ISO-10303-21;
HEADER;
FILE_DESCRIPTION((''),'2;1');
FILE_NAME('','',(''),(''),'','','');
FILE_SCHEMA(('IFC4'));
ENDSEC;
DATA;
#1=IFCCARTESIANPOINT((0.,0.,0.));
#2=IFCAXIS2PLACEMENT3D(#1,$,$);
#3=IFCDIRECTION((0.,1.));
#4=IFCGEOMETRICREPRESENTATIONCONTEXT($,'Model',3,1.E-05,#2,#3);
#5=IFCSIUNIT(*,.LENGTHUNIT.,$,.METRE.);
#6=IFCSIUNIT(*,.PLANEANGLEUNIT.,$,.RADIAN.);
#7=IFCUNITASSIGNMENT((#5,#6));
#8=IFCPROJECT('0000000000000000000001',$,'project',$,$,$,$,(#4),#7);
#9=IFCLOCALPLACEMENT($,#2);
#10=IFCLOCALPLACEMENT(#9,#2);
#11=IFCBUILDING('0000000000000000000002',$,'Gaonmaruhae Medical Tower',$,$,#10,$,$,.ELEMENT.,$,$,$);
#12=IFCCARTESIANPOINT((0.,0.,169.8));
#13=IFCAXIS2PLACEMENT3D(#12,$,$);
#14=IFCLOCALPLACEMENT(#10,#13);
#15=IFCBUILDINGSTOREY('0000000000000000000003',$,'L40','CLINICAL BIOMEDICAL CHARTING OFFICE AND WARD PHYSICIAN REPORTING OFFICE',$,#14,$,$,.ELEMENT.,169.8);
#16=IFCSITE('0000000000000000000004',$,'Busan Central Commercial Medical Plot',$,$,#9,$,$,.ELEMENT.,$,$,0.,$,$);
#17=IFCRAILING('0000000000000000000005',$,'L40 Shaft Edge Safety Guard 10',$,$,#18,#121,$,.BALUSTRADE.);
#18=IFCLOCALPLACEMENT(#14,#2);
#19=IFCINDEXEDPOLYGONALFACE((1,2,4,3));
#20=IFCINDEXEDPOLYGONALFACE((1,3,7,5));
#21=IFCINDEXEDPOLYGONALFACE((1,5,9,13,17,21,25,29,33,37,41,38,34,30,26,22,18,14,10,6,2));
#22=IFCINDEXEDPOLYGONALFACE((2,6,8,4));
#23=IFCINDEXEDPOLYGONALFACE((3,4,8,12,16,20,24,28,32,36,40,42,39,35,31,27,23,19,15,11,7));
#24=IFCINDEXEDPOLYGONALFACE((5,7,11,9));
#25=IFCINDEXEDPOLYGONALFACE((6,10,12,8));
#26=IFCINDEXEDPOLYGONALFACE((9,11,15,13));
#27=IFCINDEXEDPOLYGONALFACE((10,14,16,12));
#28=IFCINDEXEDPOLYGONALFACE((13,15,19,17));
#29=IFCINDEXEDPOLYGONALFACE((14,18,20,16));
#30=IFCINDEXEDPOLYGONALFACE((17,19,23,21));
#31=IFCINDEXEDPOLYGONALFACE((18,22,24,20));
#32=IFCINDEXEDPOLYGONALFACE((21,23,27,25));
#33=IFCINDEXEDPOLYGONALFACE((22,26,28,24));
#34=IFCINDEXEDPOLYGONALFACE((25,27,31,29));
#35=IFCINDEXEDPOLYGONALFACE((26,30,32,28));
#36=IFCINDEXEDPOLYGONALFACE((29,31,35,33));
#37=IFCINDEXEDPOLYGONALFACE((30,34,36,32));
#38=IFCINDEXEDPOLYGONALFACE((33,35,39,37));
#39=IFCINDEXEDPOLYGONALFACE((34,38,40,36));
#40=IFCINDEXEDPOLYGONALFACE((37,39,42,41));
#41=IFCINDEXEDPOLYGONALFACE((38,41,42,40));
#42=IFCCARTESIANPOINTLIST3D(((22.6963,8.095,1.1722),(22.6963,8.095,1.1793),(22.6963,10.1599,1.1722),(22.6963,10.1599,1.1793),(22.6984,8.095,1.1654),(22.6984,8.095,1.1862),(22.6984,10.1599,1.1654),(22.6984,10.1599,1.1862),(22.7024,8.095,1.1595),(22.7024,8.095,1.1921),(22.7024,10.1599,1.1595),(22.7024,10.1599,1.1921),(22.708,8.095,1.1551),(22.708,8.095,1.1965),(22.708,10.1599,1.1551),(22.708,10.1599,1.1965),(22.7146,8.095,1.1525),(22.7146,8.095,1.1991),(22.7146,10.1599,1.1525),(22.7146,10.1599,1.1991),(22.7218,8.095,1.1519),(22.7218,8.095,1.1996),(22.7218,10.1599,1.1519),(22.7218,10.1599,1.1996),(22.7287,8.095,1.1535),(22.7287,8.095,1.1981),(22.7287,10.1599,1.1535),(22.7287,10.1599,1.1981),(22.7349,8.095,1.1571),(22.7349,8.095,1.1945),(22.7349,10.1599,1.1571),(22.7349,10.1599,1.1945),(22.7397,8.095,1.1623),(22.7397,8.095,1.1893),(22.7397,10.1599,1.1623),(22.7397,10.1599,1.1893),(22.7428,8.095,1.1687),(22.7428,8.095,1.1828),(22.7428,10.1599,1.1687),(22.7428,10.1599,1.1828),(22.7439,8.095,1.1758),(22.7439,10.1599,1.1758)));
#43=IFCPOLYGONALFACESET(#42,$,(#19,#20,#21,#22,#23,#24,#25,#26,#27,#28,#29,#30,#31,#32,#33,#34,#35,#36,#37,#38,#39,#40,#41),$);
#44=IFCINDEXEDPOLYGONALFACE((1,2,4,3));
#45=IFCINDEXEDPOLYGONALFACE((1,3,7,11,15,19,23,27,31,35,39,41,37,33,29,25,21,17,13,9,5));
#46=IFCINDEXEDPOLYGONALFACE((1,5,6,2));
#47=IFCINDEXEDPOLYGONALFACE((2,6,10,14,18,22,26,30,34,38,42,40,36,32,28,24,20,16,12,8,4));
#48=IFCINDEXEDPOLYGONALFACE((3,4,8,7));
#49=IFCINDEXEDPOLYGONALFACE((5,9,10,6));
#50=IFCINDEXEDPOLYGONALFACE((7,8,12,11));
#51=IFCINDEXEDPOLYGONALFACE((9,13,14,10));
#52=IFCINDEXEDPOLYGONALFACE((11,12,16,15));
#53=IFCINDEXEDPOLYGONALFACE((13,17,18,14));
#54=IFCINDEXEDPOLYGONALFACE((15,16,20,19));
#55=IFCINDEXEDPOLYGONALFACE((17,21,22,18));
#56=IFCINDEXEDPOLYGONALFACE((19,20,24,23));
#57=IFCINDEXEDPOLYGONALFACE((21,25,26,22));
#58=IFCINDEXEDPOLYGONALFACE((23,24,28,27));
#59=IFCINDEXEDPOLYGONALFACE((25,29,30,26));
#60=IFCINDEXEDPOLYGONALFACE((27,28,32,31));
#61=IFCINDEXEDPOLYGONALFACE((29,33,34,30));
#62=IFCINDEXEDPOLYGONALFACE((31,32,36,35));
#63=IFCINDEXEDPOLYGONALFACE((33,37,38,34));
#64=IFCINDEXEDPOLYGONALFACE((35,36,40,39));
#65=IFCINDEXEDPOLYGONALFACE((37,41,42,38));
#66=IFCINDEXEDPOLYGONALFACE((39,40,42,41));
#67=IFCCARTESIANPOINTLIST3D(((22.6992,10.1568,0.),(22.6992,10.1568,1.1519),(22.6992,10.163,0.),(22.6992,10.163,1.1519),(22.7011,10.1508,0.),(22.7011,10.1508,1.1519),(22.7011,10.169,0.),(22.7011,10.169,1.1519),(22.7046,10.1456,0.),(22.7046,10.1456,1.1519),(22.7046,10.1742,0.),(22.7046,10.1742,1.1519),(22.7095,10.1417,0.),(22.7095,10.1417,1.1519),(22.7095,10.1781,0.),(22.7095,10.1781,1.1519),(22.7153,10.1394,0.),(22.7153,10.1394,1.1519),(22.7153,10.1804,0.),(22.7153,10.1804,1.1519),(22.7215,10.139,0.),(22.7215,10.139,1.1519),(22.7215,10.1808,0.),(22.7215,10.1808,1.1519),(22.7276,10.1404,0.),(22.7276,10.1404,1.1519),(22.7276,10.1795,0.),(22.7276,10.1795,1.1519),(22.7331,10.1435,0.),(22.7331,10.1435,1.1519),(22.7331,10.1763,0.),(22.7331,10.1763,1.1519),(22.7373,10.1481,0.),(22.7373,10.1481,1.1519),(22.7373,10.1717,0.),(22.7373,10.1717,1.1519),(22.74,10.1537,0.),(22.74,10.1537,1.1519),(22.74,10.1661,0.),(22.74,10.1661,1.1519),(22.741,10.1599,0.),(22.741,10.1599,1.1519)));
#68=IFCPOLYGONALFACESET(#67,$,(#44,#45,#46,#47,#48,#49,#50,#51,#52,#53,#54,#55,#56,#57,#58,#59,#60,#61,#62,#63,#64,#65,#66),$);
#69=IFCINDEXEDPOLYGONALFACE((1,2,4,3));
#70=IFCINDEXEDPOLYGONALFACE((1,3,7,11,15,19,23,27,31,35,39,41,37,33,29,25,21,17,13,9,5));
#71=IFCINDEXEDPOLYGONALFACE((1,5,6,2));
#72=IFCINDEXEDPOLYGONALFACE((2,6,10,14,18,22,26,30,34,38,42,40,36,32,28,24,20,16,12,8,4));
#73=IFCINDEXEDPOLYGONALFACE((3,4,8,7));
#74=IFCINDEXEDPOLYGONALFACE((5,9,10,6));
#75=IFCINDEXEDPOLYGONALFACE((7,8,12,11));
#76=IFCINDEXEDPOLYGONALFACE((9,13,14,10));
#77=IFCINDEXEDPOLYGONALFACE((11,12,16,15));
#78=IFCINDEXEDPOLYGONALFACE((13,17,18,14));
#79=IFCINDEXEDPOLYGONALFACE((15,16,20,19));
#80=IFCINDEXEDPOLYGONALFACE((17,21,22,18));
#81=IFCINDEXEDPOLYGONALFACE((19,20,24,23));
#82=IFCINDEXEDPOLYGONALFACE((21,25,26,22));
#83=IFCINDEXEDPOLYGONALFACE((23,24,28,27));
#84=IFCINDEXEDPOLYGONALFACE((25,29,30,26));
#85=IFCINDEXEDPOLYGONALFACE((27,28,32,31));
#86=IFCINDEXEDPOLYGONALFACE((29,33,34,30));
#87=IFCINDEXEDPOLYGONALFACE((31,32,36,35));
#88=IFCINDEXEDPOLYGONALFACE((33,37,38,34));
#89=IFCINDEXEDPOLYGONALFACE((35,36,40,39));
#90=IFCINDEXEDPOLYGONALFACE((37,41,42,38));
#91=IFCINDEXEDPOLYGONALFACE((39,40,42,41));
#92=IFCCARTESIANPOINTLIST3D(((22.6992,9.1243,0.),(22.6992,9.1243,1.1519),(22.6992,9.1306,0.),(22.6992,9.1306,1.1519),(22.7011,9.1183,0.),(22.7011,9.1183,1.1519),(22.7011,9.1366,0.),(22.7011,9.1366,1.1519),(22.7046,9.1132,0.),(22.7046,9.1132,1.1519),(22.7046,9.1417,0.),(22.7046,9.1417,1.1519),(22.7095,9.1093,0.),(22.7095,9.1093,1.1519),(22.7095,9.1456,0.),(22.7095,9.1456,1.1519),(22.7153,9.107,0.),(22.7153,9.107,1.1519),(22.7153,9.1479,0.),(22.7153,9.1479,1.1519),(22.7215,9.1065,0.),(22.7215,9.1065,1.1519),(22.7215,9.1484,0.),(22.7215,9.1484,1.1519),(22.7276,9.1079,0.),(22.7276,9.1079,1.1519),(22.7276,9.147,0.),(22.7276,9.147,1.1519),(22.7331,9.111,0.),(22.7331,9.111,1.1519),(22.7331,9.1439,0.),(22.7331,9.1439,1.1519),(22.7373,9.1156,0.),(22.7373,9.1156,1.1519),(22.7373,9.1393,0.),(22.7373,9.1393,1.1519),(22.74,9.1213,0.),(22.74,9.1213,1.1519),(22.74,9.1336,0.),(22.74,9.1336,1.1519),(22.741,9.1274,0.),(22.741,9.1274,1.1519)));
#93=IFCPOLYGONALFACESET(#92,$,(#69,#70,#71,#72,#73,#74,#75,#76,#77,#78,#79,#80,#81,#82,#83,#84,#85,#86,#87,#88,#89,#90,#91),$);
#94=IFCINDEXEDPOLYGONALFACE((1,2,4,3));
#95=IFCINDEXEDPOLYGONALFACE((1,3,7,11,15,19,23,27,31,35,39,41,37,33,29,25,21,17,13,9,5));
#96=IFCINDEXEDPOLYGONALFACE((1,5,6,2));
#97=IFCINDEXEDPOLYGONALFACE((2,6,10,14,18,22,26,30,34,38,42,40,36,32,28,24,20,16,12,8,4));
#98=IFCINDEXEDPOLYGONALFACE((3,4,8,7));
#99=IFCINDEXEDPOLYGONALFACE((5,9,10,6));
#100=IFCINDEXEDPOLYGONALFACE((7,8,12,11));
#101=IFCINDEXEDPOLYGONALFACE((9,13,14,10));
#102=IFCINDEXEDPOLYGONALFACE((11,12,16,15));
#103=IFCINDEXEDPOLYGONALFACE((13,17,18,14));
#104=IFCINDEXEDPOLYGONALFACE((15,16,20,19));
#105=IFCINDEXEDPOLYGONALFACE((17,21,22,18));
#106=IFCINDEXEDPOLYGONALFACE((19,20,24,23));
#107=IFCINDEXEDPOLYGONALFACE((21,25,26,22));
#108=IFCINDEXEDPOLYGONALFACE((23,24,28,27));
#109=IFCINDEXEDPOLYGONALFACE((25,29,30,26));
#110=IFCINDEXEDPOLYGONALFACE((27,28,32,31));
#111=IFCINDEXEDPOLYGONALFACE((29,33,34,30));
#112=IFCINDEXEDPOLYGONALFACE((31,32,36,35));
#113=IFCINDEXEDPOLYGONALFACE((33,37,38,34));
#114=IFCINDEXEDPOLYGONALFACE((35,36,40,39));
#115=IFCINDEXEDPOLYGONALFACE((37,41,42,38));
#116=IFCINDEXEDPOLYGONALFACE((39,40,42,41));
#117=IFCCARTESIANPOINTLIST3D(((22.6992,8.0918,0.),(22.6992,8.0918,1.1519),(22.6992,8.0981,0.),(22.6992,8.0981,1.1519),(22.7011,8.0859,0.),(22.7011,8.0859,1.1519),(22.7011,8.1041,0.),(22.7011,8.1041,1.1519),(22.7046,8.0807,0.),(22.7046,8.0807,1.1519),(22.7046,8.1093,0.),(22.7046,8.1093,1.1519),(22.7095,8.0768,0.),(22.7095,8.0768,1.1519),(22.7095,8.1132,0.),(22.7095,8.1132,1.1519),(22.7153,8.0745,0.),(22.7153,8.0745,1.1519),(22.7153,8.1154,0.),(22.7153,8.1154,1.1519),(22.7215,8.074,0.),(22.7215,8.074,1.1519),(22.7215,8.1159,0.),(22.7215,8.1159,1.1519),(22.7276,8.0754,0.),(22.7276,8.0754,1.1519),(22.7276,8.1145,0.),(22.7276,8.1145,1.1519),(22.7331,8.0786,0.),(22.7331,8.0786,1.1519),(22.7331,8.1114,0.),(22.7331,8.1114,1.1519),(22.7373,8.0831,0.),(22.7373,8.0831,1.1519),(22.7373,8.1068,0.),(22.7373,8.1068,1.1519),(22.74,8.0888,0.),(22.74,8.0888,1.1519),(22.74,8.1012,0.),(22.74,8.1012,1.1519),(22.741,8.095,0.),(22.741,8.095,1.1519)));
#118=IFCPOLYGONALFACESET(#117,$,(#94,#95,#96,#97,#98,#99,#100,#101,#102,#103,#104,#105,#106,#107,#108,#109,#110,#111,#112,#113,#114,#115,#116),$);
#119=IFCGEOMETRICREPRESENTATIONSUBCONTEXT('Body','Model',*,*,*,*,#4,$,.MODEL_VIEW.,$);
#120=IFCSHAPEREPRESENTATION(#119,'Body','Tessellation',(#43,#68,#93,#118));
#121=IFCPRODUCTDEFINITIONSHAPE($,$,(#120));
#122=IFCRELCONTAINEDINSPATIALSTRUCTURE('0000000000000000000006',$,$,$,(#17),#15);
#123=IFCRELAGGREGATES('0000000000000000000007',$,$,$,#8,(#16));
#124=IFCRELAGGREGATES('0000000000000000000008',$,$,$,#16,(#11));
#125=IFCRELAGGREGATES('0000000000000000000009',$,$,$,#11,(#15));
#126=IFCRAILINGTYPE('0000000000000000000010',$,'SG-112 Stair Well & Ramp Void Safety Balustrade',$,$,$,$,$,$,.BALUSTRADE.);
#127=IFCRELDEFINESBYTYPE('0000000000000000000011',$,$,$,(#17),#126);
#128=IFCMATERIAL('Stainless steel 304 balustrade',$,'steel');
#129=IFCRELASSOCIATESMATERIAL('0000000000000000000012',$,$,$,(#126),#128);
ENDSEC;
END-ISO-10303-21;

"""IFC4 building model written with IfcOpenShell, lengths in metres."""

from ifc_helpers import new_model, si_unit, direction, frame, origin, origin_2d, place, context, subcontext, project, spatial, circle, extrude, material, type_object, element, save


model = new_model("IFC4")

# Units and contexts
model_context = context("Model", 3, precision=1e-05, world=origin(), true_north=direction((0.0, 1.0)))
body_context = subcontext(model_context, "Body", "Model", "MODEL_VIEW")
ifc_project = project(units=[si_unit("LENGTHUNIT", "METRE"), si_unit("PLANEANGLEUNIT", "RADIAN")], contexts=[model_context])

# Site, building, storey
site_placement = place(None, origin())
site = spatial("IfcSite", under=ifc_project, at=site_placement, Name="Busan Central Commercial Medical Plot", CompositionType="ELEMENT", RefElevation=0.0)
building_placement = place(site_placement, origin())
building = spatial("IfcBuilding", under=site, at=building_placement, Name="Gaonmaruhae Medical Tower", CompositionType="ELEMENT")
storey_placement = place(building_placement, frame((0.0, 0.0, 169.8)))
storey = spatial("IfcBuildingStorey", under=building, at=storey_placement, Name="L40", Description="CLINICAL BIOMEDICAL CHARTING OFFICE AND WARD PHYSICIAN REPORTING OFFICE", CompositionType="ELEMENT", Elevation=169.8)

# Railing
ifc_material_1 = material(Name="Stainless steel 304 balustrade", Category="steel")
railing_type = type_object("IfcRailingType", Name="SG-112 Stair Well & Ramp Void Safety Balustrade", PredefinedType="BALUSTRADE", material=ifc_material_1)
railing_1_placement = place(storey_placement, frame((22.72, 10.1599, 0.0)))
element("IfcRailing", 1, at=railing_1_placement, inside=storey, type_object=railing_type, Name="L40 Shaft Edge Safety Guard 10", PredefinedType="BALUSTRADE", context=body_context, shape_type="SweptSolid", body=[
    extrude(circle(Radius=0.0239, at=origin_2d()), frame((0.0, 0.0, 1.1758), z_axis=(0.0, -1.0, 0.0), x_axis=(1.0, 0.0, 0.0)), (0.0, 0.0, 1.0), 2.0649),
    extrude(circle(Radius=0.021, at=origin_2d()), origin(), (0.0, 0.0, 1.0), 1.1519),
    extrude(circle(Radius=0.021, at=origin_2d()), frame((0.0, -1.0325, 0.0)), (0.0, 0.0, 1.0), 1.1519),
    extrude(circle(Radius=0.021, at=origin_2d()), frame((0.0, -2.0649, 0.0)), (0.0, 0.0, 1.0), 1.1519),
])

save(model, "model.ifc")
